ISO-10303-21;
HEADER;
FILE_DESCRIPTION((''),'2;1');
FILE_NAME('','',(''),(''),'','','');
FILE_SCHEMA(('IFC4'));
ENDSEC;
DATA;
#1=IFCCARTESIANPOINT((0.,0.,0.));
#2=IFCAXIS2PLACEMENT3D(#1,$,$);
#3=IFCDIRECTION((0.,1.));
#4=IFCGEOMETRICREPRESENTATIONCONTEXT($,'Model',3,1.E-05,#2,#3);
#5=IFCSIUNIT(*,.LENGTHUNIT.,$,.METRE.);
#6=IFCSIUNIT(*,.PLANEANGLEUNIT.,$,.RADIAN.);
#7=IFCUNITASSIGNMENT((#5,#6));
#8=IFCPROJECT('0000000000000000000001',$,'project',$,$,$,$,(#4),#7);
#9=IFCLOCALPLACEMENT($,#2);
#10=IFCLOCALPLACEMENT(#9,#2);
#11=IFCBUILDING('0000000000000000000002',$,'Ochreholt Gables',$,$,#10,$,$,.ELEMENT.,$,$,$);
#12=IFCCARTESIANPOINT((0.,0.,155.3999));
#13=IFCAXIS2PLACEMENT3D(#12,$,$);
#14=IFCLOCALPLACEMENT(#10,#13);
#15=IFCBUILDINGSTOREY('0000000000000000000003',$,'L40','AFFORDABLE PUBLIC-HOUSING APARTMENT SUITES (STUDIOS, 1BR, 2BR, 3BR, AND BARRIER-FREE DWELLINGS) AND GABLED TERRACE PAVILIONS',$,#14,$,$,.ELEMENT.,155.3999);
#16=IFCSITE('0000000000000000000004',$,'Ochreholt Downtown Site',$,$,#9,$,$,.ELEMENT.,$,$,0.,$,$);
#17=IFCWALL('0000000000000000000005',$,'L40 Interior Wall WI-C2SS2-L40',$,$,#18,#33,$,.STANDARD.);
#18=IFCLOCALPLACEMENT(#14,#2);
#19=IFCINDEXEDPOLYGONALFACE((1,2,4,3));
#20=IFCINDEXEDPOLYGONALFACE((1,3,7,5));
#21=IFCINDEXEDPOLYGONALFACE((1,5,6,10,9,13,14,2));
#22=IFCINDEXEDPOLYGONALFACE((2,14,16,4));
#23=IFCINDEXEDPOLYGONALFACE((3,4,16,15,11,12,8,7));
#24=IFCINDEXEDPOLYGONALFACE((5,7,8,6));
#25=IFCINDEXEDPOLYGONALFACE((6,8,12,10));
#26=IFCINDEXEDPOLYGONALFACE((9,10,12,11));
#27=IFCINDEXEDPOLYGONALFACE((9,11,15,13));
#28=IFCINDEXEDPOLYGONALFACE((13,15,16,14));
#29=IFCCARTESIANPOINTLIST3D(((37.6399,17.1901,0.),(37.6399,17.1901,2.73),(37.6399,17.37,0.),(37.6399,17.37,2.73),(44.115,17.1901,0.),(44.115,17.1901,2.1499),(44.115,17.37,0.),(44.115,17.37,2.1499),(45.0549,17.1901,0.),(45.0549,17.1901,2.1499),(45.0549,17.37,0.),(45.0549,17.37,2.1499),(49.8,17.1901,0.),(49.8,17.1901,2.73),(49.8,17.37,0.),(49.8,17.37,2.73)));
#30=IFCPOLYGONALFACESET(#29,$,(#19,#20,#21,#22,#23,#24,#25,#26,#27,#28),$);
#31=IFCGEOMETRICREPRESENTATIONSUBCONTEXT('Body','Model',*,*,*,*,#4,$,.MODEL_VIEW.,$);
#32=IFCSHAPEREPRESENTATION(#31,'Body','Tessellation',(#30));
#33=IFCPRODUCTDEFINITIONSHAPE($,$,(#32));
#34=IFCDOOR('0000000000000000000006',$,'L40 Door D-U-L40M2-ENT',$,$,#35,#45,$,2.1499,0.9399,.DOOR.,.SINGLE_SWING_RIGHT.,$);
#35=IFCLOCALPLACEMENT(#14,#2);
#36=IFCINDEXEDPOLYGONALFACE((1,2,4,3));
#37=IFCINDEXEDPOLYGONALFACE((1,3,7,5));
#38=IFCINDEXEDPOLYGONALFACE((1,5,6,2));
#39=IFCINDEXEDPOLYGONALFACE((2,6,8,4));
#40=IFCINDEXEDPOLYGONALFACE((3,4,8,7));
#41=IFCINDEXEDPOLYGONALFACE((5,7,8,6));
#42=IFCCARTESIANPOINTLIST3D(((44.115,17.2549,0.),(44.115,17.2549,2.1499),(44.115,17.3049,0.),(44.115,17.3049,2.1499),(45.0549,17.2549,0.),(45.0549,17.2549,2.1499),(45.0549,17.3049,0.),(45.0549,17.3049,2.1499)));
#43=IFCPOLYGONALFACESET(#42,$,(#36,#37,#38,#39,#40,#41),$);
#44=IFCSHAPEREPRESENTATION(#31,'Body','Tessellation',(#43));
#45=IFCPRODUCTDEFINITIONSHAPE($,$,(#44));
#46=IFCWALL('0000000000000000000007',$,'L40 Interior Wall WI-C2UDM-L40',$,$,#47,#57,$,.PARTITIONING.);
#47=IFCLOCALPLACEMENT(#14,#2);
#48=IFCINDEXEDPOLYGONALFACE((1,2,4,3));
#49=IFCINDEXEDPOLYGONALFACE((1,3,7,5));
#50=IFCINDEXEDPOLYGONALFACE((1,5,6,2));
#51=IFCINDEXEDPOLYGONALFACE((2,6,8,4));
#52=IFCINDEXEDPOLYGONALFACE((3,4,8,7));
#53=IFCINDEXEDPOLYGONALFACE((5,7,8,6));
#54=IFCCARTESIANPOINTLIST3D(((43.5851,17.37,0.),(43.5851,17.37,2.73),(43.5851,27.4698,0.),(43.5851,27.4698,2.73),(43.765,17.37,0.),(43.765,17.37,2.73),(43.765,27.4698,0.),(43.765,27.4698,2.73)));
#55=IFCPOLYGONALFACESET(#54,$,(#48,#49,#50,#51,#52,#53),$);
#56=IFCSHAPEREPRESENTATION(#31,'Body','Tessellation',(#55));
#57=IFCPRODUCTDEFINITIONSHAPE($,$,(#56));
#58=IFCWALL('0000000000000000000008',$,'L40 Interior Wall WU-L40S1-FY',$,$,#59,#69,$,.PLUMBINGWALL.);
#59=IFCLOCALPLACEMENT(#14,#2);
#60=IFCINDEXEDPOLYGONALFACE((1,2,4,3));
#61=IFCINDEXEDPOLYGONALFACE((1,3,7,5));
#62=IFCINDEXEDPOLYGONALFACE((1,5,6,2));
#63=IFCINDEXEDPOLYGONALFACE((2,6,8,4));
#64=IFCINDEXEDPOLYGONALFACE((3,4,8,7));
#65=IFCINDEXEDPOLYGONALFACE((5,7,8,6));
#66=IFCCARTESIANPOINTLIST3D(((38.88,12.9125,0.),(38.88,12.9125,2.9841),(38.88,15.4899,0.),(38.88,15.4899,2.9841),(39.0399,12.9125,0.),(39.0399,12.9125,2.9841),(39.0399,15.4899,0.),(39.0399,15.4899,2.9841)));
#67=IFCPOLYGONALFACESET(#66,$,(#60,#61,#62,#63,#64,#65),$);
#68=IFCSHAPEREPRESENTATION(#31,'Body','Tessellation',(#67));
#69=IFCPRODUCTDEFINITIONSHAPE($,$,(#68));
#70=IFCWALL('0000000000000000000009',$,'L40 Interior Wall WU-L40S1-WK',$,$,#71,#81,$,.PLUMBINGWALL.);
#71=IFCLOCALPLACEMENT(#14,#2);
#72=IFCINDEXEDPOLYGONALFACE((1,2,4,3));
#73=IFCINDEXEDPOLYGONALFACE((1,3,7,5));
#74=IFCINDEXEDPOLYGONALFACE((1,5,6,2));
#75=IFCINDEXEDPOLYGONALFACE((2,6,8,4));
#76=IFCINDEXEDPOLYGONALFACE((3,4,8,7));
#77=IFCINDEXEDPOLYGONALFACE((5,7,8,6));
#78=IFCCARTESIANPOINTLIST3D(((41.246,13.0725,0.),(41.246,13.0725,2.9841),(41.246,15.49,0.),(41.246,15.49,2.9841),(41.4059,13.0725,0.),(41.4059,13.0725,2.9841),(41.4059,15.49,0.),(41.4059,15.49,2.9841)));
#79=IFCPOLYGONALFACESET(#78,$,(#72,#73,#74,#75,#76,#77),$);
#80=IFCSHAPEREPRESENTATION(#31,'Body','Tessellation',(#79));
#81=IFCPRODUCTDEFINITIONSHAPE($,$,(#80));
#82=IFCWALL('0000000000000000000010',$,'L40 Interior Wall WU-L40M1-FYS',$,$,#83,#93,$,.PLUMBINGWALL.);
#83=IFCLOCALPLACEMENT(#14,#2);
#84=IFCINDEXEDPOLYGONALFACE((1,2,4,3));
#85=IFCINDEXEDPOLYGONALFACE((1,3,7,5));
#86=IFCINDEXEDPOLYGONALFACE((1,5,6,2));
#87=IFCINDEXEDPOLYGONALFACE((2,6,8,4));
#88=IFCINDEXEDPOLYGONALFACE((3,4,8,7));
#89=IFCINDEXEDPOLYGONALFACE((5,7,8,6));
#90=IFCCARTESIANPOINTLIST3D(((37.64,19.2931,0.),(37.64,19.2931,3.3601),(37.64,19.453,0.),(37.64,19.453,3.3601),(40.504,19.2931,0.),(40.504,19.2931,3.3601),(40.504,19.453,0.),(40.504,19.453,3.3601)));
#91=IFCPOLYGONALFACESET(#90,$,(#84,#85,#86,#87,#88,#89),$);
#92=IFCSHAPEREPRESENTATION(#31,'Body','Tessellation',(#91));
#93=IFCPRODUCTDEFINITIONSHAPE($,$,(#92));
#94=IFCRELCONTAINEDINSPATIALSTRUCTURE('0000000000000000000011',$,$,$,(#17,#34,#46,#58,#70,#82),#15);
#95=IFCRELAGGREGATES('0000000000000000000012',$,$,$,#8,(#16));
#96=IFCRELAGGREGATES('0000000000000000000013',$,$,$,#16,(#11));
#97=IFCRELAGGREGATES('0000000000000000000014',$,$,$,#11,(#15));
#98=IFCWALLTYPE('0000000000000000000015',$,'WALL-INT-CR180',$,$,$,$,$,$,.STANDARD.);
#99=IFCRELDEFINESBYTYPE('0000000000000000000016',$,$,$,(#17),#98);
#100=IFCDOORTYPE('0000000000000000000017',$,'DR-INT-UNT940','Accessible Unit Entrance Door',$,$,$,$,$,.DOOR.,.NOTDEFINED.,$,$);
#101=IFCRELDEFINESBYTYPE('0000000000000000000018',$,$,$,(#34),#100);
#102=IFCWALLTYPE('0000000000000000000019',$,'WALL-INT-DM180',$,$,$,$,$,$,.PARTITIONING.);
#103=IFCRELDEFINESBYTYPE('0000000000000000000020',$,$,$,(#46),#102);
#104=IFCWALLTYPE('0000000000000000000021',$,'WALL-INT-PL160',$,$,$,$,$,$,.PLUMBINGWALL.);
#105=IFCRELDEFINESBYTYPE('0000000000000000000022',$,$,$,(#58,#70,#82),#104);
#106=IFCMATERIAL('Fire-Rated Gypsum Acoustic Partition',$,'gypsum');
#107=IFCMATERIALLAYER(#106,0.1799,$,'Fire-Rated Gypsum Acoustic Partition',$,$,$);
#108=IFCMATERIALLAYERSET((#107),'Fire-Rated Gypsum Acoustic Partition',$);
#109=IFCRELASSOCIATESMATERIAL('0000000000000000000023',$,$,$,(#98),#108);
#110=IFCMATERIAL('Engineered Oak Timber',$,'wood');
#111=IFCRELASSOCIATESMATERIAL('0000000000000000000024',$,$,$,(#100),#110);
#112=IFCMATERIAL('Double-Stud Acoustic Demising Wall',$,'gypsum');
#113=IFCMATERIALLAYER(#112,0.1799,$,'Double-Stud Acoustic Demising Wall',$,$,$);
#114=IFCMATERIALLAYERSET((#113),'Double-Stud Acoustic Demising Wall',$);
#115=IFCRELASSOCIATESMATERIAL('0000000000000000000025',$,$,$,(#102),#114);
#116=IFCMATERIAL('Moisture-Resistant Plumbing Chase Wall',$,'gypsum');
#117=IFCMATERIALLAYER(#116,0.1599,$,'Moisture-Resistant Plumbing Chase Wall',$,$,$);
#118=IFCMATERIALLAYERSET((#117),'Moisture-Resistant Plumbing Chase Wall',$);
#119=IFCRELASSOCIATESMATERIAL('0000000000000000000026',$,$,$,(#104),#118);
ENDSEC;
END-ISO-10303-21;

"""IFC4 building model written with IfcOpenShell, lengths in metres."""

from ifc_helpers import new_model, si_unit, direction, frame, frame_2d, origin, place, context, subcontext, project, spatial, rectangle, extrude, material, layer, layer_set, type_object, element, fill, save


model = new_model("IFC4")

# Units and contexts
model_context = context("Model", 3, precision=1e-05, world=origin(), true_north=direction((0.0, 1.0)))
body_context = subcontext(model_context, "Body", "Model", "MODEL_VIEW")
ifc_project = project(units=[si_unit("LENGTHUNIT", "METRE"), si_unit("PLANEANGLEUNIT", "RADIAN")], contexts=[model_context])

# Site, building, storey
site_placement = place(None, origin())
site = spatial("IfcSite", under=ifc_project, at=site_placement, Name="Ochreholt Downtown Site", CompositionType="ELEMENT", RefElevation=0.0)
building_placement = place(site_placement, origin())
building = spatial("IfcBuilding", under=site, at=building_placement, Name="Ochreholt Gables", CompositionType="ELEMENT")
storey_placement = place(building_placement, frame((0.0, 0.0, 155.3999)))
storey = spatial("IfcBuildingStorey", under=building, at=storey_placement, Name="L40", Description="AFFORDABLE PUBLIC-HOUSING APARTMENT SUITES (STUDIOS, 1BR, 2BR, 3BR, AND BARRIER-FREE DWELLINGS) AND GABLED TERRACE PAVILIONS", CompositionType="ELEMENT", Elevation=155.3999)

# Wall, opening, door
ifc_material_1 = material(Name="Fire-Rated Gypsum Acoustic Partition", Category="gypsum")
ifc_layer_1 = layer(ifc_material_1, 0.1799, Name="Fire-Rated Gypsum Acoustic Partition")
ifc_layer_set_1 = layer_set([ifc_layer_1], Name="Fire-Rated Gypsum Acoustic Partition")
wall_type_1 = type_object("IfcWallType", Name="WALL-INT-CR180", PredefinedType="STANDARD", material=ifc_layer_set_1)
ifc_material_2 = material(Name="Engineered Oak Timber", Category="wood")
door_type_1 = type_object("IfcDoorType", Name="DR-INT-UNT940", Description="Accessible Unit Entrance Door", OperationType="NOTDEFINED", PredefinedType="DOOR", material=ifc_material_2)
wall_1_placement = place(storey_placement, frame((37.6399, 17.28, 0.0), z_axis=(0.0, 0.0, 1.0), x_axis=(1.0, 0.0, 0.0)))
wall_1 = element("IfcWall", 1, at=wall_1_placement, inside=storey, type_object=wall_type_1, Name="L40 Interior Wall WI-C2SS2-L40", PredefinedType="STANDARD", context=body_context, shape_type="SweptSolid", body=[
    extrude(rectangle(XDim=12.1602, YDim=0.1799, at=frame_2d((6.0801, 0.0))), origin(), (0.0, 0.0, 1.0), 2.73),
])
opening_1_placement = place(wall_1_placement, frame((6.4751, 0.0, 0.0)))
opening_1 = element("IfcOpeningElement", 2, at=opening_1_placement, cuts=wall_1, PredefinedType="OPENING", context=body_context, shape_type="SweptSolid", body=[
    extrude(rectangle(XDim=0.9399, YDim=2.1499, at=frame_2d((0.47, 1.075))), frame((0.0, 0.0999, 0.0), z_axis=(0.0, -1.0, 0.0), x_axis=(1.0, 0.0, 0.0)), (0.0, 0.0, 1.0), 0.2),
])
door_1_placement = place(opening_1_placement, origin())
door_1 = element("IfcDoor", 3, at=door_1_placement, inside=storey, type_object=door_type_1, Name="L40 Door D-U-L40M2-ENT", OperationType="SINGLE_SWING_RIGHT", OverallHeight=2.1499, OverallWidth=0.9399, PredefinedType="DOOR", context=body_context, shape_type="SweptSolid", body=[
    extrude(rectangle(XDim=0.9399, YDim=2.1499, at=frame_2d((0.47, 1.075))), frame((0.0, 0.0249, 0.0), z_axis=(0.0, -1.0, 0.0), x_axis=(1.0, 0.0, 0.0)), (0.0, 0.0, 1.0), 0.05),
])
fill(opening_1, door_1)

# Wall
ifc_material_3 = material(Name="Double-Stud Acoustic Demising Wall", Category="gypsum")
ifc_layer_2 = layer(ifc_material_3, 0.1799, Name="Double-Stud Acoustic Demising Wall")
ifc_layer_set_2 = layer_set([ifc_layer_2], Name="Double-Stud Acoustic Demising Wall")
wall_type_2 = type_object("IfcWallType", Name="WALL-INT-DM180", PredefinedType="PARTITIONING", material=ifc_layer_set_2)
wall_2_placement = place(storey_placement, frame((43.675, 17.3701, 0.0), z_axis=(0.0, 0.0, 1.0), x_axis=(0.0, 1.0, 0.0)))
element("IfcWall", 4, at=wall_2_placement, inside=storey, type_object=wall_type_2, Name="L40 Interior Wall WI-C2UDM-L40", PredefinedType="PARTITIONING", context=body_context, shape_type="SweptSolid", body=[
    extrude(rectangle(XDim=10.0999, YDim=0.1799, at=frame_2d((5.0498, 0.0))), origin(), (0.0, 0.0, 1.0), 2.73),
])

# Shared definitions
ifc_material_4 = material(Name="Moisture-Resistant Plumbing Chase Wall", Category="gypsum")
ifc_layer_3 = layer(ifc_material_4, 0.1599, Name="Moisture-Resistant Plumbing Chase Wall")
ifc_layer_set_3 = layer_set([ifc_layer_3], Name="Moisture-Resistant Plumbing Chase Wall")
wall_type_3 = type_object("IfcWallType", Name="WALL-INT-PL160", PredefinedType="PLUMBINGWALL", material=ifc_layer_set_3)

# Walls
wall_3_placement = place(storey_placement, frame((38.96, 12.9126, 0.0), z_axis=(0.0, 0.0, 1.0), x_axis=(0.0, 1.0, 0.0)))
element("IfcWall", 5, at=wall_3_placement, inside=storey, type_object=wall_type_3, Name="L40 Interior Wall WU-L40S1-FY", PredefinedType="PLUMBINGWALL", context=body_context, shape_type="SweptSolid", body=[
    extrude(rectangle(XDim=2.5774, YDim=0.1599, at=frame_2d((1.2886, 0.0))), origin(), (0.0, 0.0, 1.0), 2.9841),
])
wall_4_placement = place(storey_placement, frame((41.3259, 13.0725, 0.0), z_axis=(0.0, 0.0, 1.0), x_axis=(0.0, 1.0, 0.0)))
element("IfcWall", 6, at=wall_4_placement, inside=storey, type_object=wall_type_3, Name="L40 Interior Wall WU-L40S1-WK", PredefinedType="PLUMBINGWALL", context=body_context, shape_type="SweptSolid", body=[
    extrude(rectangle(XDim=2.4175, YDim=0.1599, at=frame_2d((1.2087, 0.0))), origin(), (0.0, 0.0, 1.0), 2.9841),
])
wall_5_placement = place(storey_placement, frame((37.6399, 19.373, 0.0), z_axis=(0.0, 0.0, 1.0), x_axis=(1.0, 0.0, 0.0)))
element("IfcWall", 7, at=wall_5_placement, inside=storey, type_object=wall_type_3, Name="L40 Interior Wall WU-L40M1-FYS", PredefinedType="PLUMBINGWALL", context=body_context, shape_type="SweptSolid", body=[
    extrude(rectangle(XDim=2.864, YDim=0.1599, at=frame_2d((1.4321, 0.0))), origin(), (0.0, 0.0, 1.0), 3.3601),
])

save(model, "model.ifc")
